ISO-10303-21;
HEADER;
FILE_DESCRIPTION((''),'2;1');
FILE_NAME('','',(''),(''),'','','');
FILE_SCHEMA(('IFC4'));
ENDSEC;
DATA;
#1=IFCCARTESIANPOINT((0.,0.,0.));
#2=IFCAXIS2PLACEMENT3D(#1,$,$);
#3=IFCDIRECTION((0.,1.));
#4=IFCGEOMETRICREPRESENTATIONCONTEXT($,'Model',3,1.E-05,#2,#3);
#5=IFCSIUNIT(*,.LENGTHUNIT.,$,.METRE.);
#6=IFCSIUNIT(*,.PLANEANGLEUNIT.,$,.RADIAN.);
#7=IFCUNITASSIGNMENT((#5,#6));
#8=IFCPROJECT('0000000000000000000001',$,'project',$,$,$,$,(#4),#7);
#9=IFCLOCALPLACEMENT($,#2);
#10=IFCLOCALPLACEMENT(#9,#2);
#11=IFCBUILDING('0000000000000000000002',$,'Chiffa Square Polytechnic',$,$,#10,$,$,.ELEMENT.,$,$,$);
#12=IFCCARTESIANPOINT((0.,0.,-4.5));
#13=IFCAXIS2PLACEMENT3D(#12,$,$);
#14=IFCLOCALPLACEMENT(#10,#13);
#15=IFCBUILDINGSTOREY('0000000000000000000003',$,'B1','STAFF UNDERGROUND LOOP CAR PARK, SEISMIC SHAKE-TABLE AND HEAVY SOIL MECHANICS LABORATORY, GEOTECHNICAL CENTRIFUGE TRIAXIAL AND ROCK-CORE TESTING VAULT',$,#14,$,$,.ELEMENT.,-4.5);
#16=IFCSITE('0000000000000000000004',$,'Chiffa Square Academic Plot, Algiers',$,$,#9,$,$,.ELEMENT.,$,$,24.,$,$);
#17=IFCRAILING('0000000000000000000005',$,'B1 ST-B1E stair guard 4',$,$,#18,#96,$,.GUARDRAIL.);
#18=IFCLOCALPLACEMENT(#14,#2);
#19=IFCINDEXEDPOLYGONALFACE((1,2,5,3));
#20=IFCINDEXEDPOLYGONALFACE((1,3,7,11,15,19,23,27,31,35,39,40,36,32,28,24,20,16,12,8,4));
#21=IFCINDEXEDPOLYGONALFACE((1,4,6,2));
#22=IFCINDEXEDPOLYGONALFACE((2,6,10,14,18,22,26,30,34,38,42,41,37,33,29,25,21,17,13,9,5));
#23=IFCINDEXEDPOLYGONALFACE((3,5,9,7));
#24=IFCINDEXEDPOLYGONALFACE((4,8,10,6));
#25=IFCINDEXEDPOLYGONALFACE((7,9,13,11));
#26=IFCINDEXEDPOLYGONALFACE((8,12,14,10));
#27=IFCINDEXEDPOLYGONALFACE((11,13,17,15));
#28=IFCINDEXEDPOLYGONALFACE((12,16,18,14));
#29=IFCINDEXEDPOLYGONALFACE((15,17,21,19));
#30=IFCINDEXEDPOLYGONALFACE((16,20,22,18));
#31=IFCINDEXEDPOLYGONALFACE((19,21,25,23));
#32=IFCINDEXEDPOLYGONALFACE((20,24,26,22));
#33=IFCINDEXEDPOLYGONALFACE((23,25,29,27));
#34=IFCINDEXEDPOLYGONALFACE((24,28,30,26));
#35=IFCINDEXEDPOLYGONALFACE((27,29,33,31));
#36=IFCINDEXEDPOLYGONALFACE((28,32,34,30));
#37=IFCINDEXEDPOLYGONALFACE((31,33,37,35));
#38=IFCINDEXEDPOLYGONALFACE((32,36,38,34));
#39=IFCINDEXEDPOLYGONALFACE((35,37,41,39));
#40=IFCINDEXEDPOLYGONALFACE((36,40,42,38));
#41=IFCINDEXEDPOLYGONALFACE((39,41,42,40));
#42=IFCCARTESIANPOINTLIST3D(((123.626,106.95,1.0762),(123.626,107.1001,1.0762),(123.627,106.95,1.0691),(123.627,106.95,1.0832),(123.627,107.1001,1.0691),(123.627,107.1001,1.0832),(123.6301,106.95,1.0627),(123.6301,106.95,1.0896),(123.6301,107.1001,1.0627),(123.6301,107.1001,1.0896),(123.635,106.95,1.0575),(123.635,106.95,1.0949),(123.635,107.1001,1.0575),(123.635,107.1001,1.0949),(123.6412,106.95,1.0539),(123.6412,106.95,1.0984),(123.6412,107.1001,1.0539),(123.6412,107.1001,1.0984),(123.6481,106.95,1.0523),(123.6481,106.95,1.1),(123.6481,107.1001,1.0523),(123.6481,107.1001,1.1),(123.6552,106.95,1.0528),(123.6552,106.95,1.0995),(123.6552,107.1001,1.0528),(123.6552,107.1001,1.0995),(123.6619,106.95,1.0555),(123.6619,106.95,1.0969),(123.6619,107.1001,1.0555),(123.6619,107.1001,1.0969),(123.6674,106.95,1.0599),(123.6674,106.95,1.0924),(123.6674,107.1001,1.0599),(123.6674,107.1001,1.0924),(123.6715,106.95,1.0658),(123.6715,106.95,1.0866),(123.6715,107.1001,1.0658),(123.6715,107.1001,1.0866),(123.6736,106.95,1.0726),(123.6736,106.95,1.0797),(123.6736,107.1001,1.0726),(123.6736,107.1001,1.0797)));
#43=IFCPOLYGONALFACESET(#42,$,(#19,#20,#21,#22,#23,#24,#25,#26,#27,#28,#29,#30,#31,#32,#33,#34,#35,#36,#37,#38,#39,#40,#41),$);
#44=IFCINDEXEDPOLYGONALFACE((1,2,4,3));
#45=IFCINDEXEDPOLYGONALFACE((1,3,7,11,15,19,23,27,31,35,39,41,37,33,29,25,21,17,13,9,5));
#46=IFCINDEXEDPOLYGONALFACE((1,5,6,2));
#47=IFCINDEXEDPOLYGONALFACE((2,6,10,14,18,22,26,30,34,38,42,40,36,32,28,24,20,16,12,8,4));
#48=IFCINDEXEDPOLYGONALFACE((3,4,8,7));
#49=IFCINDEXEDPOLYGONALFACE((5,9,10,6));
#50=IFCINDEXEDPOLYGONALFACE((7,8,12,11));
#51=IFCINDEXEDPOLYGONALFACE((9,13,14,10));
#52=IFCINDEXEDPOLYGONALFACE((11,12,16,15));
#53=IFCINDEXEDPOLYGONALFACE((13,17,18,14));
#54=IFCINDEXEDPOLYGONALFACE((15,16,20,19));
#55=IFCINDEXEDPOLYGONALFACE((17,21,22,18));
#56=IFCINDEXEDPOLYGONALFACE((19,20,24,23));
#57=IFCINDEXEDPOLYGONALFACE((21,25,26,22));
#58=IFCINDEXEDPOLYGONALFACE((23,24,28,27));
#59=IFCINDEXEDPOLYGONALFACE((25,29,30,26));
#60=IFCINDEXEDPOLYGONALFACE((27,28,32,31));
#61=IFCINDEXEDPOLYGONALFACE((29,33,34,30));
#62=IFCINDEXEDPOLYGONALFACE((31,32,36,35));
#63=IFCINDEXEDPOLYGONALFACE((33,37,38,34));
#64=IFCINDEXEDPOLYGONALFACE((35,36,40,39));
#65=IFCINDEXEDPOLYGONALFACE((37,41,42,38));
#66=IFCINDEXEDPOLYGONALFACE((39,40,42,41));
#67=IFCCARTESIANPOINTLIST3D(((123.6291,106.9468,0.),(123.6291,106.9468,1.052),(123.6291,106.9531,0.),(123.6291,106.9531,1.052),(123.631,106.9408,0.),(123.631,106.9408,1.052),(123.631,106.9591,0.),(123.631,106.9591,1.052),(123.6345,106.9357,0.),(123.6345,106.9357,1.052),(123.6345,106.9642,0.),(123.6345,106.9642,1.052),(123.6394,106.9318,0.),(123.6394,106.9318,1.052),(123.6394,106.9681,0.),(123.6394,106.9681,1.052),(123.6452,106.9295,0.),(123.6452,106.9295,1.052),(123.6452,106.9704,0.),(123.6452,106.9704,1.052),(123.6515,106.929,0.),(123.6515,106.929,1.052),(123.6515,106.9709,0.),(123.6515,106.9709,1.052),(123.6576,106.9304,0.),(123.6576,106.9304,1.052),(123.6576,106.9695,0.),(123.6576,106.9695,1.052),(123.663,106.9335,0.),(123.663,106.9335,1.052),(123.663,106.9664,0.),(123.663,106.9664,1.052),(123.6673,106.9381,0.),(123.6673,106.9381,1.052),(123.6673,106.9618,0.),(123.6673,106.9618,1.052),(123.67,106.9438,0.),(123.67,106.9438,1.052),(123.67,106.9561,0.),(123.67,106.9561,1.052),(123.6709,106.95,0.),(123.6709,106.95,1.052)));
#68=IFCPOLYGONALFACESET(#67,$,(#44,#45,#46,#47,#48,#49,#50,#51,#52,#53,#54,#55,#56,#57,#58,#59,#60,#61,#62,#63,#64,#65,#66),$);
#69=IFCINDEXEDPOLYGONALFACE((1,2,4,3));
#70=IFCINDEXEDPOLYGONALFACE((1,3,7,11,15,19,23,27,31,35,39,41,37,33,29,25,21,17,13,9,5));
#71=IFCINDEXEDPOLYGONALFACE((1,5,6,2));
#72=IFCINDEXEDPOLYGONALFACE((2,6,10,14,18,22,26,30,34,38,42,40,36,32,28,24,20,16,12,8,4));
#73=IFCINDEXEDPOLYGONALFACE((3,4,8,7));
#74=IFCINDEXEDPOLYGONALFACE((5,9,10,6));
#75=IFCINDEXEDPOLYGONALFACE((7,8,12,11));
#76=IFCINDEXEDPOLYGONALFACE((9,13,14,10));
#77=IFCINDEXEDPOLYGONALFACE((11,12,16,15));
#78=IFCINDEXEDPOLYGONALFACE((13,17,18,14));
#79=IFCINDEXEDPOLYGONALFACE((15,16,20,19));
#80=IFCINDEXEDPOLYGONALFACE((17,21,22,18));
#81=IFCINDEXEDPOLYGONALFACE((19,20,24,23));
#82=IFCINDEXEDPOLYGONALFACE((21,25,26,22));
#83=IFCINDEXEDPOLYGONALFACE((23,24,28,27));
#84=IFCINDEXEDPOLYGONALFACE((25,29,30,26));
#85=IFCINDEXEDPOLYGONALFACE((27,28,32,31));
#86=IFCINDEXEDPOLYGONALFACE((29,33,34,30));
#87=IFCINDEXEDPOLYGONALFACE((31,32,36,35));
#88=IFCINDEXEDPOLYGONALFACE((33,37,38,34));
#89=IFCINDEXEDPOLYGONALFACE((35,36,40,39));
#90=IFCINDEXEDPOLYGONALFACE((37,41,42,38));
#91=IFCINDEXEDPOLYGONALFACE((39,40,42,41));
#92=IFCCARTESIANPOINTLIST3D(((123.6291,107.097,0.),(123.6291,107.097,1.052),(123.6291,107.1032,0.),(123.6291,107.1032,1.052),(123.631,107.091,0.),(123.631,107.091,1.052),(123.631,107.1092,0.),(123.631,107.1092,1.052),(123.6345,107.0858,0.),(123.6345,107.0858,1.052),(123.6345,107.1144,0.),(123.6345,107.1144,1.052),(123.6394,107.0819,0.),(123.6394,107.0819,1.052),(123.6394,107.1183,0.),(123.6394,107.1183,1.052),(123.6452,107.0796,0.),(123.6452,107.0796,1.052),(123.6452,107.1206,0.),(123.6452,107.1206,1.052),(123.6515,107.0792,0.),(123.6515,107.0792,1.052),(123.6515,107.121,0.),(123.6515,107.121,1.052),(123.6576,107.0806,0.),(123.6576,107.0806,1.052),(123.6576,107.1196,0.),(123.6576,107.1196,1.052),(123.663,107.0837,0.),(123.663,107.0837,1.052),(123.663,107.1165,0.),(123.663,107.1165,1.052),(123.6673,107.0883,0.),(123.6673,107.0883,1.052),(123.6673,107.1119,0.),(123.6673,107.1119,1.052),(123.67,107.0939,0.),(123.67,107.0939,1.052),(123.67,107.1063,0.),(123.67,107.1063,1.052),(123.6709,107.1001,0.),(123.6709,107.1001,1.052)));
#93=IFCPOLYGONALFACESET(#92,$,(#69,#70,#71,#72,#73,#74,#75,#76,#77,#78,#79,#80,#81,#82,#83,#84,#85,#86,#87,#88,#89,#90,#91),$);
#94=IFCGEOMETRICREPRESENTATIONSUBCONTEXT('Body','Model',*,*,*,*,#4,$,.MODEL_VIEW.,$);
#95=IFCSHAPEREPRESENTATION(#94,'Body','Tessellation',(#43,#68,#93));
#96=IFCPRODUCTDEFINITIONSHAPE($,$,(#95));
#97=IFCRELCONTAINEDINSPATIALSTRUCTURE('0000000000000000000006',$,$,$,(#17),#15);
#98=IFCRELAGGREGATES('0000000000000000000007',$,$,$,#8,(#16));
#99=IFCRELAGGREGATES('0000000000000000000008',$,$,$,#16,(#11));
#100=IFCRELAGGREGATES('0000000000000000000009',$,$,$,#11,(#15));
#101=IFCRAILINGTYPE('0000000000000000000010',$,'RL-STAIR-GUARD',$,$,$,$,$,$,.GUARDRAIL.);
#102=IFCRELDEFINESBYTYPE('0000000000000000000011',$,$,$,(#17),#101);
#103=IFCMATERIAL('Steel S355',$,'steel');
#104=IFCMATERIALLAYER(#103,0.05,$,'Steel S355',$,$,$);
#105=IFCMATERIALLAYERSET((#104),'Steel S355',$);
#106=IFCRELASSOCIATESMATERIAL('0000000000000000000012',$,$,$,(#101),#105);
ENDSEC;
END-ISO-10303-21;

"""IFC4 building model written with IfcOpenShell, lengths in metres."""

from ifc_helpers import new_model, si_unit, direction, frame, origin, origin_2d, place, context, subcontext, project, spatial, circle, extrude, material, layer, layer_set, type_object, element, save


model = new_model("IFC4")

# Units and contexts
model_context = context("Model", 3, precision=1e-05, world=origin(), true_north=direction((0.0, 1.0)))
body_context = subcontext(model_context, "Body", "Model", "MODEL_VIEW")
ifc_project = project(units=[si_unit("LENGTHUNIT", "METRE"), si_unit("PLANEANGLEUNIT", "RADIAN")], contexts=[model_context])

# Site, building, storey
site_placement = place(None, origin())
site = spatial("IfcSite", under=ifc_project, at=site_placement, Name="Chiffa Square Academic Plot, Algiers", CompositionType="ELEMENT", RefElevation=24.0)
building_placement = place(site_placement, origin())
building = spatial("IfcBuilding", under=site, at=building_placement, Name="Chiffa Square Polytechnic", CompositionType="ELEMENT")
storey_placement = place(building_placement, frame((0.0, 0.0, -4.5)))
storey = spatial("IfcBuildingStorey", under=building, at=storey_placement, Name="B1", Description="STAFF UNDERGROUND LOOP CAR PARK, SEISMIC SHAKE-TABLE AND HEAVY SOIL MECHANICS LABORATORY, GEOTECHNICAL CENTRIFUGE TRIAXIAL AND ROCK-CORE TESTING VAULT", CompositionType="ELEMENT", Elevation=-4.5)

# Railing
ifc_material_1 = material(Name="Steel S355", Category="steel")
ifc_layer_1 = layer(ifc_material_1, 0.05, Name="Steel S355")
ifc_layer_set_1 = layer_set([ifc_layer_1], Name="Steel S355")
railing_type_1 = type_object("IfcRailingType", Name="RL-STAIR-GUARD", PredefinedType="GUARDRAIL", material=ifc_layer_set_1)
railing_1_placement = place(storey_placement, frame((123.6499, 106.95, 0.0)))
element("IfcRailing", 1, at=railing_1_placement, inside=storey, type_object=railing_type_1, Name="B1 ST-B1E stair guard 4", PredefinedType="GUARDRAIL", context=body_context, shape_type="SweptSolid", body=[
    extrude(circle(Radius=0.0239, at=origin_2d()), frame((0.0, 0.0, 1.0762), z_axis=(0.0, 1.0, 0.0), x_axis=(-1.0, 0.0, 0.0)), (0.0, 0.0, 1.0), 0.1501),
    extrude(circle(Radius=0.021, at=origin_2d()), origin(), (0.0, 0.0, 1.0), 1.052),
    extrude(circle(Radius=0.021, at=origin_2d()), frame((0.0, 0.1501, 0.0)), (0.0, 0.0, 1.0), 1.052),
])

save(model, "model.ifc")
